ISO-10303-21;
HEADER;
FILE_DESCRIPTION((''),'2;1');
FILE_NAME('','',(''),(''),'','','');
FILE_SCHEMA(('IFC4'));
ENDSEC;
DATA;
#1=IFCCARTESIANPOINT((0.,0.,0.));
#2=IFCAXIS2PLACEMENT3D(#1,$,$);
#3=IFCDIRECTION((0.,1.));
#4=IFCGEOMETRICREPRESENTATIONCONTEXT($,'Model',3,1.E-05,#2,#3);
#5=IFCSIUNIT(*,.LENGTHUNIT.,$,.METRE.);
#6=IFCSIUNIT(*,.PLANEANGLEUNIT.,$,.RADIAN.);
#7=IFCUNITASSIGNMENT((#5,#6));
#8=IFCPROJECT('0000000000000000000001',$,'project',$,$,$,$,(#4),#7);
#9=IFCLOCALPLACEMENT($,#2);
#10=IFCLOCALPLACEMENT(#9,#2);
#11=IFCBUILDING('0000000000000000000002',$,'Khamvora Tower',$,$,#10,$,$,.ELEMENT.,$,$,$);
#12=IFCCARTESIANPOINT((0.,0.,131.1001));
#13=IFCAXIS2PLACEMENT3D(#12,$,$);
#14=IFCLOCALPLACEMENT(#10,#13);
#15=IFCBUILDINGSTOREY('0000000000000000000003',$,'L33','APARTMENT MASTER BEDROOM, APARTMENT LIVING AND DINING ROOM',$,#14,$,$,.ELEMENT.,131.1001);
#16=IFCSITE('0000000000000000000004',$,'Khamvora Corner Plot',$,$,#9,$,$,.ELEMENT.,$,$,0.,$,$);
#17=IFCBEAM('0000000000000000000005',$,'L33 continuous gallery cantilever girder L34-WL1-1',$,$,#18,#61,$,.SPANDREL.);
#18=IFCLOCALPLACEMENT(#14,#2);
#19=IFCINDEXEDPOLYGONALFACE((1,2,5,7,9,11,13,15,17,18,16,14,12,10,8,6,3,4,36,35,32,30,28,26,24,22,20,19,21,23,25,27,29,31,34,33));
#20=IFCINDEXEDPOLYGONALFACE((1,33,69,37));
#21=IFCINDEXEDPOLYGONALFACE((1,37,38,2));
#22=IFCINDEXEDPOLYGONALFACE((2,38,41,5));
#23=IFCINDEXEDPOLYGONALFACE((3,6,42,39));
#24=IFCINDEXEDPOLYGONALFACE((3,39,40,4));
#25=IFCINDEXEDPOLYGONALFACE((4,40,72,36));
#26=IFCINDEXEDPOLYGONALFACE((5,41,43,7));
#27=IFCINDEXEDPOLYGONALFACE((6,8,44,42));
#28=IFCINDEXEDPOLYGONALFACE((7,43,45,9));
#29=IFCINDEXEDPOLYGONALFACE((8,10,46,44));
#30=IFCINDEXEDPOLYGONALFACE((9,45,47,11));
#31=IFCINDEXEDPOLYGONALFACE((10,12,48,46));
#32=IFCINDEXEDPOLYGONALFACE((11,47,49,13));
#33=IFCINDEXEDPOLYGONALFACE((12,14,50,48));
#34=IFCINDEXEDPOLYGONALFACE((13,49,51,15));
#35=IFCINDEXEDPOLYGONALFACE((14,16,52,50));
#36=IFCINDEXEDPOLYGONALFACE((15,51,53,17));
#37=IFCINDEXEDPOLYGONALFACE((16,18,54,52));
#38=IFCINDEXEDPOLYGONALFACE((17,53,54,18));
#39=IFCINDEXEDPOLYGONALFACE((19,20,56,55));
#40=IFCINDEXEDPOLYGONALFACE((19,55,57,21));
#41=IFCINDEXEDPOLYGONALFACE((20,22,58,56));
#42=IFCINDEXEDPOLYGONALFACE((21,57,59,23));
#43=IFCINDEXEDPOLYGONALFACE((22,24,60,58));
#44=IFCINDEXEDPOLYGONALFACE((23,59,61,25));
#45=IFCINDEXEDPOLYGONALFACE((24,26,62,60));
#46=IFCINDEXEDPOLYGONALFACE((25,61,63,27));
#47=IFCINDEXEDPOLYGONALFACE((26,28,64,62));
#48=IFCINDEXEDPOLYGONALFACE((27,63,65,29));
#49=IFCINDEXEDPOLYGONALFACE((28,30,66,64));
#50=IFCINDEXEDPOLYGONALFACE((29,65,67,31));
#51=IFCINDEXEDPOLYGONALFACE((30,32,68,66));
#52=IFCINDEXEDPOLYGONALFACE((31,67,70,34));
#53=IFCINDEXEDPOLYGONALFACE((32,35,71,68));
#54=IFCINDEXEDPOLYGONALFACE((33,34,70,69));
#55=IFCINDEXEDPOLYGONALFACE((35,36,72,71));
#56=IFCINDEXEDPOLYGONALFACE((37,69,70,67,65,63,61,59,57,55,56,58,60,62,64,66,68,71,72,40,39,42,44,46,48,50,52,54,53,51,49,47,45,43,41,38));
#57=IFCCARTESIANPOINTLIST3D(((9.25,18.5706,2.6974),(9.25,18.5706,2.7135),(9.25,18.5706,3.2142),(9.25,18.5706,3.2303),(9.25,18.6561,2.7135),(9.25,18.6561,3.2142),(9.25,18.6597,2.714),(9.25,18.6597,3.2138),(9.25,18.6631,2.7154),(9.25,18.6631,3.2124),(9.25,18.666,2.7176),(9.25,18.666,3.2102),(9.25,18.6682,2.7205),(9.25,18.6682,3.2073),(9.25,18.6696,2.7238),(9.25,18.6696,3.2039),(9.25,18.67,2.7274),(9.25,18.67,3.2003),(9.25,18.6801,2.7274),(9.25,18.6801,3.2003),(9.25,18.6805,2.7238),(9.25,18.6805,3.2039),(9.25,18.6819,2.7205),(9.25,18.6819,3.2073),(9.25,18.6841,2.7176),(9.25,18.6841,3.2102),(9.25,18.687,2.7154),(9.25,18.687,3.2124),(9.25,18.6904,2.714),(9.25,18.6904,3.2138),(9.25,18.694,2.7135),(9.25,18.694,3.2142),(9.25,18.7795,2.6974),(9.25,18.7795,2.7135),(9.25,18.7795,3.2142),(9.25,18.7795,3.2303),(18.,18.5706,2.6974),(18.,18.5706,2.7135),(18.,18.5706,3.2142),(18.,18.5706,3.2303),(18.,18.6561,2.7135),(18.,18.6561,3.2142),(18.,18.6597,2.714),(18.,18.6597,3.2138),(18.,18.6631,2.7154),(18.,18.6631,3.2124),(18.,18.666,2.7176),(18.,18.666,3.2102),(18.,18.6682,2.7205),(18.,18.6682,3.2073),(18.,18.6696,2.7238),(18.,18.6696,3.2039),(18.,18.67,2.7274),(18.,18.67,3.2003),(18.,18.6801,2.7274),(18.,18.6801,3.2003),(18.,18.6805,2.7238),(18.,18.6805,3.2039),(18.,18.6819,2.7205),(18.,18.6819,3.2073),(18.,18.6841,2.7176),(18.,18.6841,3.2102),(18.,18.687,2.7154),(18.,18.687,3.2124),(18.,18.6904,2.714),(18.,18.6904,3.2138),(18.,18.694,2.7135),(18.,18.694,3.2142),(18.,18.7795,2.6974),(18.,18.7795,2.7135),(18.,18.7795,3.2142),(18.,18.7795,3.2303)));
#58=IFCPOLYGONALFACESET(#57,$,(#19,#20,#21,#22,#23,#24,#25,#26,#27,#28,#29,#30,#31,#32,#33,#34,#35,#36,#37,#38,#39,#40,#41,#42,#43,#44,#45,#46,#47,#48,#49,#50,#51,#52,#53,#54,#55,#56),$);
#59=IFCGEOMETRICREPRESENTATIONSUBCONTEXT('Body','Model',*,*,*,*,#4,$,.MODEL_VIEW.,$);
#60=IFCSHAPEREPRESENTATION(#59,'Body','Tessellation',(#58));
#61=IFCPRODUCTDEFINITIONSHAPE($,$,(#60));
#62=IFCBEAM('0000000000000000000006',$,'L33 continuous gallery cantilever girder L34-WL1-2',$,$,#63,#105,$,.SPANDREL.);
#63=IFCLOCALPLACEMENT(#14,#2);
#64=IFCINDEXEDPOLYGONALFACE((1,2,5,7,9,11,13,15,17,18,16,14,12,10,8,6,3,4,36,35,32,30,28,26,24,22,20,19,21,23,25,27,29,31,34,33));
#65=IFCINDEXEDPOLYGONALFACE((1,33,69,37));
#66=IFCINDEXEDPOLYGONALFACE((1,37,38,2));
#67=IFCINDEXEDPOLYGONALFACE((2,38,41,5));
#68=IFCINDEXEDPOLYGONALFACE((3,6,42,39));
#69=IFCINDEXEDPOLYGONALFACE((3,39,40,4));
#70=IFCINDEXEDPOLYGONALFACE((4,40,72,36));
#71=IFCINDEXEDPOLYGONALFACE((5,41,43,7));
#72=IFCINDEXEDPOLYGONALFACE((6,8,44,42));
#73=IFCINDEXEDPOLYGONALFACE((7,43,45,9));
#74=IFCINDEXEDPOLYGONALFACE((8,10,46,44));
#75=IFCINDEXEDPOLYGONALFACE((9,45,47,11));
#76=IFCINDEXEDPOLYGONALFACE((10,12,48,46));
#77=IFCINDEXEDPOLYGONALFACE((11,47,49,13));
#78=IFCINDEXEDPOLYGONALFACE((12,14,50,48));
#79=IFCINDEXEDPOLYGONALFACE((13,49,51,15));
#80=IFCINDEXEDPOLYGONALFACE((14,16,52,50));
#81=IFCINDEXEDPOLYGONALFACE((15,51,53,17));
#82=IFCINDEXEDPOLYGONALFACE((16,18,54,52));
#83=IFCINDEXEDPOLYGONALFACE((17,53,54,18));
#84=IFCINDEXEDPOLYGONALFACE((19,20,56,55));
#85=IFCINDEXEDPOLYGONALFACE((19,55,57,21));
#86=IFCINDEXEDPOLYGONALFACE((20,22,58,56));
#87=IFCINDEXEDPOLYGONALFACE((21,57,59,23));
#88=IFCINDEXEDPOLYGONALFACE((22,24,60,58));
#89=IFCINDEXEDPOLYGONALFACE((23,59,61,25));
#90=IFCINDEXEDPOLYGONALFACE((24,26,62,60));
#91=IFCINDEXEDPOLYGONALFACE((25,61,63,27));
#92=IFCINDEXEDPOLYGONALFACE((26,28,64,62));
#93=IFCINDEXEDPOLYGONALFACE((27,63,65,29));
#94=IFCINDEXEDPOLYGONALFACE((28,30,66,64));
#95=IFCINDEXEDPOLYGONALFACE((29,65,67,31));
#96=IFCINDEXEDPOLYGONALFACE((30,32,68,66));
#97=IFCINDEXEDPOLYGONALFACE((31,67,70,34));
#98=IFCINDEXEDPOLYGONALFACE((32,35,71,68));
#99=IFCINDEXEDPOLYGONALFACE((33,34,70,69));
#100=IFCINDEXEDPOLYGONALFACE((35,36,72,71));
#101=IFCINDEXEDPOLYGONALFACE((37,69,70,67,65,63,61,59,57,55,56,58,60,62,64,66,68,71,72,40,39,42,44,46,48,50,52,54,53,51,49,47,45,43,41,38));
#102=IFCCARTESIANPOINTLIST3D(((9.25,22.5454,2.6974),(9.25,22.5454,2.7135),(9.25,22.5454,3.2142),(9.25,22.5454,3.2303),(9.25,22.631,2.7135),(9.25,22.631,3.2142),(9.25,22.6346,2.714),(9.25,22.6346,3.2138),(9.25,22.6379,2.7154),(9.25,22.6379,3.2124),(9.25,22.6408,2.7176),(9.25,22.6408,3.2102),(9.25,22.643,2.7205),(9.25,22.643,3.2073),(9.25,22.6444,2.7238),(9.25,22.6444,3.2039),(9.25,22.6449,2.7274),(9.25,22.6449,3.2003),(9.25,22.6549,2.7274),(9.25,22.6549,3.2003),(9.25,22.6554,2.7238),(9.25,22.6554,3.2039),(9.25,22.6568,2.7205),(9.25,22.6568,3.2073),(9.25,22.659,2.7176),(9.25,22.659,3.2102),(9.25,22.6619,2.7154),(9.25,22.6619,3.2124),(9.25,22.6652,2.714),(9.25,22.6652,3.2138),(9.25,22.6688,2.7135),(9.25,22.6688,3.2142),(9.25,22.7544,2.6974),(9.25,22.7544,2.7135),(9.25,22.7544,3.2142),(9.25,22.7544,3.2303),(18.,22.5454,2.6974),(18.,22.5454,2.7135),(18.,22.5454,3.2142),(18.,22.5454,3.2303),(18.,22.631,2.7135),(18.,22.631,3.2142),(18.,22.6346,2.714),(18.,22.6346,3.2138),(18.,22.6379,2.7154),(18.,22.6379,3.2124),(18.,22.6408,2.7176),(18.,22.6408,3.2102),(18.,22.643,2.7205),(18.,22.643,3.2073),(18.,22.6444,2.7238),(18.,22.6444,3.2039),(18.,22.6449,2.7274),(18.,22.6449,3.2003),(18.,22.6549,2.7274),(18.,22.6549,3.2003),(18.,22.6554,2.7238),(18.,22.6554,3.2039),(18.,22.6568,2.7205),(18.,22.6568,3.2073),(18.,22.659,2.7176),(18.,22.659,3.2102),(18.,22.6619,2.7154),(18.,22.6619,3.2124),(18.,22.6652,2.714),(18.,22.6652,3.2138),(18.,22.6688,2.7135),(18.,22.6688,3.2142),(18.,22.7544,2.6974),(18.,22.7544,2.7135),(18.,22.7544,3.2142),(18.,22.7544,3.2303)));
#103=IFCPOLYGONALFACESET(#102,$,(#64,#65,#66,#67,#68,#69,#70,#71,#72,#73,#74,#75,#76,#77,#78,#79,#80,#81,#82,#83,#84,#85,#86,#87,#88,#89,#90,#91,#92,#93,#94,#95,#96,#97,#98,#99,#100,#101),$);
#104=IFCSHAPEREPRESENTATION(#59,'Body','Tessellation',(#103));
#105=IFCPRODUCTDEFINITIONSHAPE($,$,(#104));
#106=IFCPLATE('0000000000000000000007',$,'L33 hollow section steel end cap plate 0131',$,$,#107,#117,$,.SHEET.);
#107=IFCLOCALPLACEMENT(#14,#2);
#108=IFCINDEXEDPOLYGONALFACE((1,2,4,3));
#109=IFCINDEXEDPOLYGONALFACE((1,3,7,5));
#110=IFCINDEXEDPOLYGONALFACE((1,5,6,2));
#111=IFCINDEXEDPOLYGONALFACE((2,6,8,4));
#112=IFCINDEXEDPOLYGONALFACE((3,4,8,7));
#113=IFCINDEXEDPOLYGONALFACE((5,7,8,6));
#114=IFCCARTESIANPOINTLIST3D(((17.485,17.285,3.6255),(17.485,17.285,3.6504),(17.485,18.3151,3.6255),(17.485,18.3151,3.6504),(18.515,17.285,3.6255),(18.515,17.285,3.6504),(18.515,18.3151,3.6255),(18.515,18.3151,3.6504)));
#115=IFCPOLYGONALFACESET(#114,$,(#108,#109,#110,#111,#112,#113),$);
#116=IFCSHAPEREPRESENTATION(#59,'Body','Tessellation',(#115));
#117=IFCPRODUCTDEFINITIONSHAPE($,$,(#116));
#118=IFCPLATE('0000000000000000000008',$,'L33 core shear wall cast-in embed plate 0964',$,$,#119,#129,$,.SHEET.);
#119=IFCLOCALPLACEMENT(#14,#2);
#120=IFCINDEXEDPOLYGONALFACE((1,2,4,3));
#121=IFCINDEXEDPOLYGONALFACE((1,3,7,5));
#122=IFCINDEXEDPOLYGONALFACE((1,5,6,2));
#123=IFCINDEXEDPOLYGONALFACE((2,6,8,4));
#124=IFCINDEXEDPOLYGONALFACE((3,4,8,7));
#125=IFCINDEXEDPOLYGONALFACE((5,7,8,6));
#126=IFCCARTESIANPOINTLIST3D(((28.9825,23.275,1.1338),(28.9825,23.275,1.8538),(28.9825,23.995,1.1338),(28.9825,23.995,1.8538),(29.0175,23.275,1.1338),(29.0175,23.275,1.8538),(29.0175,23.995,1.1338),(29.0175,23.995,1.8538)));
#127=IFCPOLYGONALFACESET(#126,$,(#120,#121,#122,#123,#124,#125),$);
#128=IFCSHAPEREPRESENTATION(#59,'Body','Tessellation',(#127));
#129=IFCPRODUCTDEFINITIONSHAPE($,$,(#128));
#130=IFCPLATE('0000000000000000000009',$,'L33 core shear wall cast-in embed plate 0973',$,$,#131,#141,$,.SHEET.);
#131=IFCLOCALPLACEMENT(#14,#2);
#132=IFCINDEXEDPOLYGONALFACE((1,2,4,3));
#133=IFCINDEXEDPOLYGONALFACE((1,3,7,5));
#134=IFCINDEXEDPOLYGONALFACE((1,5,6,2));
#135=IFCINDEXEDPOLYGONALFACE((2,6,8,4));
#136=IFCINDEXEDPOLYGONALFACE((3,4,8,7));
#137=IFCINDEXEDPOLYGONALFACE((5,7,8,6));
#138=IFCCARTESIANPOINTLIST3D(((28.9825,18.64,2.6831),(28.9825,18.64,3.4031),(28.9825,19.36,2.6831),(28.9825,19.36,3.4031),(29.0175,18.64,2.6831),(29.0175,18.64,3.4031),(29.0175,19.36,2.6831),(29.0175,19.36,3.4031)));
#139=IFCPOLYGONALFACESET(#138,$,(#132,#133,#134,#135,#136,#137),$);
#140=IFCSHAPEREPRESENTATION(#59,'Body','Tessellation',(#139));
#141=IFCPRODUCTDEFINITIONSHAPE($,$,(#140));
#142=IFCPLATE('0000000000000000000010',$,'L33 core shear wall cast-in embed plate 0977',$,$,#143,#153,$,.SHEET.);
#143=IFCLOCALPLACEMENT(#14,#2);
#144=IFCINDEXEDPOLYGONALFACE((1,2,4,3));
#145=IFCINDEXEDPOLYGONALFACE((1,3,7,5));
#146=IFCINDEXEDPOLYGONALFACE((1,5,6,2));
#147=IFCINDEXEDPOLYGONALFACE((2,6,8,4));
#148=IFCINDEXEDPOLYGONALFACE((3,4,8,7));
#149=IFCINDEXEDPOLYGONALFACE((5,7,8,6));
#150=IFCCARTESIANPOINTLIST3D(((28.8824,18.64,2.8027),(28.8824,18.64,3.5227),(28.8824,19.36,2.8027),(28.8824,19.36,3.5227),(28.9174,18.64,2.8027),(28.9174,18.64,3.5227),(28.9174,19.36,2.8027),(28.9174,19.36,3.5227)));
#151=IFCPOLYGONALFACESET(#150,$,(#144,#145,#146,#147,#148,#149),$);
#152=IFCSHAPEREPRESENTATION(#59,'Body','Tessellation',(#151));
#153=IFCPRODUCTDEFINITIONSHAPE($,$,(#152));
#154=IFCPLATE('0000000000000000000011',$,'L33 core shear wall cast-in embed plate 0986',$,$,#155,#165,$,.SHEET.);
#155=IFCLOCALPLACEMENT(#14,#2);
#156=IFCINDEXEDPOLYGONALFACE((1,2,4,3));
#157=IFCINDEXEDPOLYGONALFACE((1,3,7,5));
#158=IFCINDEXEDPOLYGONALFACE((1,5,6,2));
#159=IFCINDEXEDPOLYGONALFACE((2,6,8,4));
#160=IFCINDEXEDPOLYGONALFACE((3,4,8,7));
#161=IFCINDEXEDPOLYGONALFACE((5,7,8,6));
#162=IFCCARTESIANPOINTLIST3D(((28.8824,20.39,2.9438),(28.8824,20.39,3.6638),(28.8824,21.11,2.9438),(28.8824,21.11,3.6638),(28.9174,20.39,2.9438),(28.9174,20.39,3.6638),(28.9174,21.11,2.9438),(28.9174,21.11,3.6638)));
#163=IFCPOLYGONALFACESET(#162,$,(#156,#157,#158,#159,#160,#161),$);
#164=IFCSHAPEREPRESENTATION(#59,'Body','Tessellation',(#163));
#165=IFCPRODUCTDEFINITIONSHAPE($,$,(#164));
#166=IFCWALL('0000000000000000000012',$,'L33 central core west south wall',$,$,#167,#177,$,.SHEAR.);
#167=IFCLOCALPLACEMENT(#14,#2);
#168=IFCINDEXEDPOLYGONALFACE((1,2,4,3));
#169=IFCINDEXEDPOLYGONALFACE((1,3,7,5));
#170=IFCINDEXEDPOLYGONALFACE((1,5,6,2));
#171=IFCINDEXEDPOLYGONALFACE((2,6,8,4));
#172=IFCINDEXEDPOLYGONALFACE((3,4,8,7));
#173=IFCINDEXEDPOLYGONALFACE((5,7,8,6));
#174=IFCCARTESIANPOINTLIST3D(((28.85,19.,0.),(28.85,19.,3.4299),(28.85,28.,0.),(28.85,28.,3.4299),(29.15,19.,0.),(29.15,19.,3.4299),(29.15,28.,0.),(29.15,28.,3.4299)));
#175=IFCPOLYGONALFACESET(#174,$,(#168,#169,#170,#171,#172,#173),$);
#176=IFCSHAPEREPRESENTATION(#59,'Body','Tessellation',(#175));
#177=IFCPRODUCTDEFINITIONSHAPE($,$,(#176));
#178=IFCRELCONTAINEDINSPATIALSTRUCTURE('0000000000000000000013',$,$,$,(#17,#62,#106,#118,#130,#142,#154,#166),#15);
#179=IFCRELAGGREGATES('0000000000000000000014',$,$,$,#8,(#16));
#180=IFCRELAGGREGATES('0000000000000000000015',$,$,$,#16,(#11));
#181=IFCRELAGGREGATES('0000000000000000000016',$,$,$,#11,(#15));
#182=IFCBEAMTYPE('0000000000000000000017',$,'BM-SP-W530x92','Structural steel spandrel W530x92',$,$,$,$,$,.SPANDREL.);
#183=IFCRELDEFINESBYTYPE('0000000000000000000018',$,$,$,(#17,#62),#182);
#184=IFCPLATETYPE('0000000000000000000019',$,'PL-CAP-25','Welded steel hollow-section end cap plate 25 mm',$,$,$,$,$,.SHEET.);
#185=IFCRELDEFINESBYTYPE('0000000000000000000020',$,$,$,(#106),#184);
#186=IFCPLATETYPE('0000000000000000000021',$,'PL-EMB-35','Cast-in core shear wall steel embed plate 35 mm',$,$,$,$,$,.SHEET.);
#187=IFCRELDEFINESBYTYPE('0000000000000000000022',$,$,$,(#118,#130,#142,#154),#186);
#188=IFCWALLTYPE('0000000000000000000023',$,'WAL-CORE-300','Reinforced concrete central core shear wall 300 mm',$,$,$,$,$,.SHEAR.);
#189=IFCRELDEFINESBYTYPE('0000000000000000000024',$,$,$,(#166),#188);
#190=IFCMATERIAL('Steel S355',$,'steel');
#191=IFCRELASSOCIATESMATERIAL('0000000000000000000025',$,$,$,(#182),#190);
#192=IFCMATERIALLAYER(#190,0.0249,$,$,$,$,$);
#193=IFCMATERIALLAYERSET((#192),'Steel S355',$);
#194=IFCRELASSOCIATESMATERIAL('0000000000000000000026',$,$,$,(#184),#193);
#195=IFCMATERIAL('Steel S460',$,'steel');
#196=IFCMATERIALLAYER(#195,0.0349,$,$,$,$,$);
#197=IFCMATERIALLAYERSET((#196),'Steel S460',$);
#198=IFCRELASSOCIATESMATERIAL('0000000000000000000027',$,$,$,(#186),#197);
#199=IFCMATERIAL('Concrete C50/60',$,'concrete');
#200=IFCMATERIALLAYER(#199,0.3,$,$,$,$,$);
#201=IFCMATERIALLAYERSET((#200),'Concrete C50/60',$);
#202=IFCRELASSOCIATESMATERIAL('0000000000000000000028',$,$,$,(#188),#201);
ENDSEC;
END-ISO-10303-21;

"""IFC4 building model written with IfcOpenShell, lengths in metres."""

from ifc_helpers import new_model, si_unit, direction, frame, frame_2d, origin, origin_2d, place, context, subcontext, project, spatial, rectangle, i_section, extrude, material, layer, layer_set, material_profile, profile_set, type_object, element, save


model = new_model("IFC4")

# Units and contexts
model_context = context("Model", 3, precision=1e-05, world=origin(), true_north=direction((0.0, 1.0)))
body_context = subcontext(model_context, "Body", "Model", "MODEL_VIEW")
ifc_project = project(units=[si_unit("LENGTHUNIT", "METRE"), si_unit("PLANEANGLEUNIT", "RADIAN")], contexts=[model_context])

# Site, building, storey
site_placement = place(None, origin())
site = spatial("IfcSite", under=ifc_project, at=site_placement, Name="Khamvora Corner Plot", CompositionType="ELEMENT", RefElevation=0.0)
building_placement = place(site_placement, origin())
building = spatial("IfcBuilding", under=site, at=building_placement, Name="Khamvora Tower", CompositionType="ELEMENT")
storey_placement = place(building_placement, frame((0.0, 0.0, 131.1001)))
storey = spatial("IfcBuildingStorey", under=building, at=storey_placement, Name="L33", Description="APARTMENT MASTER BEDROOM, APARTMENT LIVING AND DINING ROOM", CompositionType="ELEMENT", Elevation=131.1001)

# Shared definitions
ifc_material_1 = material(Name="Steel S460", Category="steel")

# Beams
ifc_material_2 = material(Name="Steel S355", Category="steel")
ifc_material_profile_1 = material_profile(ifc_material_2, i_section(OverallWidth=0.209, OverallDepth=0.533, WebThickness=0.01, FlangeThickness=0.0161, FilletRadius=0.0139, at=origin_2d()), Name="W530x92")
ifc_profile_set_1 = profile_set([ifc_material_profile_1], Name="Steel S355")
beam_type_1 = type_object("IfcBeamType", Name="BM-SP-W530x92", Description="Structural steel spandrel W530x92", PredefinedType="SPANDREL", material=ifc_profile_set_1)
for number, where, z_axis, x_axis, name in (
    (1, (18.0, 18.675, 2.9639), (-1.0, 0.0, 0.0), (0.0, -1.0, 0.0), "L33 continuous gallery cantilever girder L34-WL1-1"),
    (2, (18.0, 22.6499, 2.9639), (-1.0, 0.0, 0.0), (0.0, -1.0, 0.0), "L33 continuous gallery cantilever girder L34-WL1-2"),
):
    element("IfcBeam", number, at=place(storey_placement, frame(where, z_axis=z_axis, x_axis=x_axis)), inside=storey, type_object=beam_type_1, Name=name, PredefinedType="SPANDREL", context=body_context, shape_type="SweptSolid", body=[
        extrude(i_section(OverallWidth=0.209, OverallDepth=0.533, WebThickness=0.01, FlangeThickness=0.0161, FilletRadius=0.0139, at=origin_2d()), origin(), (0.0, 0.0, 1.0), 8.75),
    ])

# Plates
ifc_layer_1 = layer(ifc_material_2, 0.0249)
ifc_layer_set_1 = layer_set([ifc_layer_1], Name="Steel S355")
plate_type_1 = type_object("IfcPlateType", Name="PL-CAP-25", Description="Welded steel hollow-section end cap plate 25 mm", PredefinedType="SHEET", material=ifc_layer_set_1)
plate_placement = place(storey_placement, frame((18.0, 17.8, 3.6255), z_axis=(0.0, 0.0, 1.0), x_axis=(1.0, 0.0, 0.0)))
element("IfcPlate", 3, at=plate_placement, inside=storey, type_object=plate_type_1, Name="L33 hollow section steel end cap plate 0131", PredefinedType="SHEET", context=body_context, shape_type="SweptSolid", body=[
    extrude(rectangle(XDim=1.03, YDim=1.03, at=origin_2d()), origin(), (0.0, 0.0, 1.0), 0.0249),
])
ifc_layer_2 = layer(ifc_material_1, 0.0349)
ifc_layer_set_2 = layer_set([ifc_layer_2], Name="Steel S460")
plate_type_2 = type_object("IfcPlateType", Name="PL-EMB-35", Description="Cast-in core shear wall steel embed plate 35 mm", PredefinedType="SHEET", material=ifc_layer_set_2)
for number, where, z_axis, x_axis, name in (
    (4, (29.0, 23.635, 1.1338), (0.0, 0.0, 1.0), (1.0, 0.0, 0.0), "L33 core shear wall cast-in embed plate 0964"),
    (5, (29.0, 19.0, 2.6831), (0.0, 0.0, 1.0), (1.0, 0.0, 0.0), "L33 core shear wall cast-in embed plate 0973"),
    (6, (28.8999, 19.0, 2.8027), (0.0, 0.0, 1.0), (1.0, 0.0, 0.0), "L33 core shear wall cast-in embed plate 0977"),
    (7, (28.8999, 20.75, 2.9438), (0.0, 0.0, 1.0), (1.0, 0.0, 0.0), "L33 core shear wall cast-in embed plate 0986"),
):
    element("IfcPlate", number, at=place(storey_placement, frame(where, z_axis=z_axis, x_axis=x_axis)), inside=storey, type_object=plate_type_2, Name=name, PredefinedType="SHEET", context=body_context, shape_type="SweptSolid", body=[
        extrude(rectangle(XDim=0.0349, YDim=0.72, at=origin_2d()), origin(), (0.0, 0.0, 1.0), 0.72),
    ])

# Wall
ifc_material_3 = material(Name="Concrete C50/60", Category="concrete")
ifc_layer_3 = layer(ifc_material_3, 0.3)
ifc_layer_set_3 = layer_set([ifc_layer_3], Name="Concrete C50/60")
wall_type = type_object("IfcWallType", Name="WAL-CORE-300", Description="Reinforced concrete central core shear wall 300 mm", PredefinedType="SHEAR", material=ifc_layer_set_3)
wall_1_placement = place(storey_placement, frame((29.0, 19.0, 0.0), z_axis=(0.0, 0.0, 1.0), x_axis=(0.0, 1.0, 0.0)))
element("IfcWall", 8, at=wall_1_placement, inside=storey, type_object=wall_type, Name="L33 central core west south wall", PredefinedType="SHEAR", context=body_context, shape_type="SweptSolid", body=[
    extrude(rectangle(XDim=9.0, YDim=0.3, at=frame_2d((4.5, 0.0))), origin(), (0.0, 0.0, 1.0), 3.4299),
])

save(model, "model.ifc")
